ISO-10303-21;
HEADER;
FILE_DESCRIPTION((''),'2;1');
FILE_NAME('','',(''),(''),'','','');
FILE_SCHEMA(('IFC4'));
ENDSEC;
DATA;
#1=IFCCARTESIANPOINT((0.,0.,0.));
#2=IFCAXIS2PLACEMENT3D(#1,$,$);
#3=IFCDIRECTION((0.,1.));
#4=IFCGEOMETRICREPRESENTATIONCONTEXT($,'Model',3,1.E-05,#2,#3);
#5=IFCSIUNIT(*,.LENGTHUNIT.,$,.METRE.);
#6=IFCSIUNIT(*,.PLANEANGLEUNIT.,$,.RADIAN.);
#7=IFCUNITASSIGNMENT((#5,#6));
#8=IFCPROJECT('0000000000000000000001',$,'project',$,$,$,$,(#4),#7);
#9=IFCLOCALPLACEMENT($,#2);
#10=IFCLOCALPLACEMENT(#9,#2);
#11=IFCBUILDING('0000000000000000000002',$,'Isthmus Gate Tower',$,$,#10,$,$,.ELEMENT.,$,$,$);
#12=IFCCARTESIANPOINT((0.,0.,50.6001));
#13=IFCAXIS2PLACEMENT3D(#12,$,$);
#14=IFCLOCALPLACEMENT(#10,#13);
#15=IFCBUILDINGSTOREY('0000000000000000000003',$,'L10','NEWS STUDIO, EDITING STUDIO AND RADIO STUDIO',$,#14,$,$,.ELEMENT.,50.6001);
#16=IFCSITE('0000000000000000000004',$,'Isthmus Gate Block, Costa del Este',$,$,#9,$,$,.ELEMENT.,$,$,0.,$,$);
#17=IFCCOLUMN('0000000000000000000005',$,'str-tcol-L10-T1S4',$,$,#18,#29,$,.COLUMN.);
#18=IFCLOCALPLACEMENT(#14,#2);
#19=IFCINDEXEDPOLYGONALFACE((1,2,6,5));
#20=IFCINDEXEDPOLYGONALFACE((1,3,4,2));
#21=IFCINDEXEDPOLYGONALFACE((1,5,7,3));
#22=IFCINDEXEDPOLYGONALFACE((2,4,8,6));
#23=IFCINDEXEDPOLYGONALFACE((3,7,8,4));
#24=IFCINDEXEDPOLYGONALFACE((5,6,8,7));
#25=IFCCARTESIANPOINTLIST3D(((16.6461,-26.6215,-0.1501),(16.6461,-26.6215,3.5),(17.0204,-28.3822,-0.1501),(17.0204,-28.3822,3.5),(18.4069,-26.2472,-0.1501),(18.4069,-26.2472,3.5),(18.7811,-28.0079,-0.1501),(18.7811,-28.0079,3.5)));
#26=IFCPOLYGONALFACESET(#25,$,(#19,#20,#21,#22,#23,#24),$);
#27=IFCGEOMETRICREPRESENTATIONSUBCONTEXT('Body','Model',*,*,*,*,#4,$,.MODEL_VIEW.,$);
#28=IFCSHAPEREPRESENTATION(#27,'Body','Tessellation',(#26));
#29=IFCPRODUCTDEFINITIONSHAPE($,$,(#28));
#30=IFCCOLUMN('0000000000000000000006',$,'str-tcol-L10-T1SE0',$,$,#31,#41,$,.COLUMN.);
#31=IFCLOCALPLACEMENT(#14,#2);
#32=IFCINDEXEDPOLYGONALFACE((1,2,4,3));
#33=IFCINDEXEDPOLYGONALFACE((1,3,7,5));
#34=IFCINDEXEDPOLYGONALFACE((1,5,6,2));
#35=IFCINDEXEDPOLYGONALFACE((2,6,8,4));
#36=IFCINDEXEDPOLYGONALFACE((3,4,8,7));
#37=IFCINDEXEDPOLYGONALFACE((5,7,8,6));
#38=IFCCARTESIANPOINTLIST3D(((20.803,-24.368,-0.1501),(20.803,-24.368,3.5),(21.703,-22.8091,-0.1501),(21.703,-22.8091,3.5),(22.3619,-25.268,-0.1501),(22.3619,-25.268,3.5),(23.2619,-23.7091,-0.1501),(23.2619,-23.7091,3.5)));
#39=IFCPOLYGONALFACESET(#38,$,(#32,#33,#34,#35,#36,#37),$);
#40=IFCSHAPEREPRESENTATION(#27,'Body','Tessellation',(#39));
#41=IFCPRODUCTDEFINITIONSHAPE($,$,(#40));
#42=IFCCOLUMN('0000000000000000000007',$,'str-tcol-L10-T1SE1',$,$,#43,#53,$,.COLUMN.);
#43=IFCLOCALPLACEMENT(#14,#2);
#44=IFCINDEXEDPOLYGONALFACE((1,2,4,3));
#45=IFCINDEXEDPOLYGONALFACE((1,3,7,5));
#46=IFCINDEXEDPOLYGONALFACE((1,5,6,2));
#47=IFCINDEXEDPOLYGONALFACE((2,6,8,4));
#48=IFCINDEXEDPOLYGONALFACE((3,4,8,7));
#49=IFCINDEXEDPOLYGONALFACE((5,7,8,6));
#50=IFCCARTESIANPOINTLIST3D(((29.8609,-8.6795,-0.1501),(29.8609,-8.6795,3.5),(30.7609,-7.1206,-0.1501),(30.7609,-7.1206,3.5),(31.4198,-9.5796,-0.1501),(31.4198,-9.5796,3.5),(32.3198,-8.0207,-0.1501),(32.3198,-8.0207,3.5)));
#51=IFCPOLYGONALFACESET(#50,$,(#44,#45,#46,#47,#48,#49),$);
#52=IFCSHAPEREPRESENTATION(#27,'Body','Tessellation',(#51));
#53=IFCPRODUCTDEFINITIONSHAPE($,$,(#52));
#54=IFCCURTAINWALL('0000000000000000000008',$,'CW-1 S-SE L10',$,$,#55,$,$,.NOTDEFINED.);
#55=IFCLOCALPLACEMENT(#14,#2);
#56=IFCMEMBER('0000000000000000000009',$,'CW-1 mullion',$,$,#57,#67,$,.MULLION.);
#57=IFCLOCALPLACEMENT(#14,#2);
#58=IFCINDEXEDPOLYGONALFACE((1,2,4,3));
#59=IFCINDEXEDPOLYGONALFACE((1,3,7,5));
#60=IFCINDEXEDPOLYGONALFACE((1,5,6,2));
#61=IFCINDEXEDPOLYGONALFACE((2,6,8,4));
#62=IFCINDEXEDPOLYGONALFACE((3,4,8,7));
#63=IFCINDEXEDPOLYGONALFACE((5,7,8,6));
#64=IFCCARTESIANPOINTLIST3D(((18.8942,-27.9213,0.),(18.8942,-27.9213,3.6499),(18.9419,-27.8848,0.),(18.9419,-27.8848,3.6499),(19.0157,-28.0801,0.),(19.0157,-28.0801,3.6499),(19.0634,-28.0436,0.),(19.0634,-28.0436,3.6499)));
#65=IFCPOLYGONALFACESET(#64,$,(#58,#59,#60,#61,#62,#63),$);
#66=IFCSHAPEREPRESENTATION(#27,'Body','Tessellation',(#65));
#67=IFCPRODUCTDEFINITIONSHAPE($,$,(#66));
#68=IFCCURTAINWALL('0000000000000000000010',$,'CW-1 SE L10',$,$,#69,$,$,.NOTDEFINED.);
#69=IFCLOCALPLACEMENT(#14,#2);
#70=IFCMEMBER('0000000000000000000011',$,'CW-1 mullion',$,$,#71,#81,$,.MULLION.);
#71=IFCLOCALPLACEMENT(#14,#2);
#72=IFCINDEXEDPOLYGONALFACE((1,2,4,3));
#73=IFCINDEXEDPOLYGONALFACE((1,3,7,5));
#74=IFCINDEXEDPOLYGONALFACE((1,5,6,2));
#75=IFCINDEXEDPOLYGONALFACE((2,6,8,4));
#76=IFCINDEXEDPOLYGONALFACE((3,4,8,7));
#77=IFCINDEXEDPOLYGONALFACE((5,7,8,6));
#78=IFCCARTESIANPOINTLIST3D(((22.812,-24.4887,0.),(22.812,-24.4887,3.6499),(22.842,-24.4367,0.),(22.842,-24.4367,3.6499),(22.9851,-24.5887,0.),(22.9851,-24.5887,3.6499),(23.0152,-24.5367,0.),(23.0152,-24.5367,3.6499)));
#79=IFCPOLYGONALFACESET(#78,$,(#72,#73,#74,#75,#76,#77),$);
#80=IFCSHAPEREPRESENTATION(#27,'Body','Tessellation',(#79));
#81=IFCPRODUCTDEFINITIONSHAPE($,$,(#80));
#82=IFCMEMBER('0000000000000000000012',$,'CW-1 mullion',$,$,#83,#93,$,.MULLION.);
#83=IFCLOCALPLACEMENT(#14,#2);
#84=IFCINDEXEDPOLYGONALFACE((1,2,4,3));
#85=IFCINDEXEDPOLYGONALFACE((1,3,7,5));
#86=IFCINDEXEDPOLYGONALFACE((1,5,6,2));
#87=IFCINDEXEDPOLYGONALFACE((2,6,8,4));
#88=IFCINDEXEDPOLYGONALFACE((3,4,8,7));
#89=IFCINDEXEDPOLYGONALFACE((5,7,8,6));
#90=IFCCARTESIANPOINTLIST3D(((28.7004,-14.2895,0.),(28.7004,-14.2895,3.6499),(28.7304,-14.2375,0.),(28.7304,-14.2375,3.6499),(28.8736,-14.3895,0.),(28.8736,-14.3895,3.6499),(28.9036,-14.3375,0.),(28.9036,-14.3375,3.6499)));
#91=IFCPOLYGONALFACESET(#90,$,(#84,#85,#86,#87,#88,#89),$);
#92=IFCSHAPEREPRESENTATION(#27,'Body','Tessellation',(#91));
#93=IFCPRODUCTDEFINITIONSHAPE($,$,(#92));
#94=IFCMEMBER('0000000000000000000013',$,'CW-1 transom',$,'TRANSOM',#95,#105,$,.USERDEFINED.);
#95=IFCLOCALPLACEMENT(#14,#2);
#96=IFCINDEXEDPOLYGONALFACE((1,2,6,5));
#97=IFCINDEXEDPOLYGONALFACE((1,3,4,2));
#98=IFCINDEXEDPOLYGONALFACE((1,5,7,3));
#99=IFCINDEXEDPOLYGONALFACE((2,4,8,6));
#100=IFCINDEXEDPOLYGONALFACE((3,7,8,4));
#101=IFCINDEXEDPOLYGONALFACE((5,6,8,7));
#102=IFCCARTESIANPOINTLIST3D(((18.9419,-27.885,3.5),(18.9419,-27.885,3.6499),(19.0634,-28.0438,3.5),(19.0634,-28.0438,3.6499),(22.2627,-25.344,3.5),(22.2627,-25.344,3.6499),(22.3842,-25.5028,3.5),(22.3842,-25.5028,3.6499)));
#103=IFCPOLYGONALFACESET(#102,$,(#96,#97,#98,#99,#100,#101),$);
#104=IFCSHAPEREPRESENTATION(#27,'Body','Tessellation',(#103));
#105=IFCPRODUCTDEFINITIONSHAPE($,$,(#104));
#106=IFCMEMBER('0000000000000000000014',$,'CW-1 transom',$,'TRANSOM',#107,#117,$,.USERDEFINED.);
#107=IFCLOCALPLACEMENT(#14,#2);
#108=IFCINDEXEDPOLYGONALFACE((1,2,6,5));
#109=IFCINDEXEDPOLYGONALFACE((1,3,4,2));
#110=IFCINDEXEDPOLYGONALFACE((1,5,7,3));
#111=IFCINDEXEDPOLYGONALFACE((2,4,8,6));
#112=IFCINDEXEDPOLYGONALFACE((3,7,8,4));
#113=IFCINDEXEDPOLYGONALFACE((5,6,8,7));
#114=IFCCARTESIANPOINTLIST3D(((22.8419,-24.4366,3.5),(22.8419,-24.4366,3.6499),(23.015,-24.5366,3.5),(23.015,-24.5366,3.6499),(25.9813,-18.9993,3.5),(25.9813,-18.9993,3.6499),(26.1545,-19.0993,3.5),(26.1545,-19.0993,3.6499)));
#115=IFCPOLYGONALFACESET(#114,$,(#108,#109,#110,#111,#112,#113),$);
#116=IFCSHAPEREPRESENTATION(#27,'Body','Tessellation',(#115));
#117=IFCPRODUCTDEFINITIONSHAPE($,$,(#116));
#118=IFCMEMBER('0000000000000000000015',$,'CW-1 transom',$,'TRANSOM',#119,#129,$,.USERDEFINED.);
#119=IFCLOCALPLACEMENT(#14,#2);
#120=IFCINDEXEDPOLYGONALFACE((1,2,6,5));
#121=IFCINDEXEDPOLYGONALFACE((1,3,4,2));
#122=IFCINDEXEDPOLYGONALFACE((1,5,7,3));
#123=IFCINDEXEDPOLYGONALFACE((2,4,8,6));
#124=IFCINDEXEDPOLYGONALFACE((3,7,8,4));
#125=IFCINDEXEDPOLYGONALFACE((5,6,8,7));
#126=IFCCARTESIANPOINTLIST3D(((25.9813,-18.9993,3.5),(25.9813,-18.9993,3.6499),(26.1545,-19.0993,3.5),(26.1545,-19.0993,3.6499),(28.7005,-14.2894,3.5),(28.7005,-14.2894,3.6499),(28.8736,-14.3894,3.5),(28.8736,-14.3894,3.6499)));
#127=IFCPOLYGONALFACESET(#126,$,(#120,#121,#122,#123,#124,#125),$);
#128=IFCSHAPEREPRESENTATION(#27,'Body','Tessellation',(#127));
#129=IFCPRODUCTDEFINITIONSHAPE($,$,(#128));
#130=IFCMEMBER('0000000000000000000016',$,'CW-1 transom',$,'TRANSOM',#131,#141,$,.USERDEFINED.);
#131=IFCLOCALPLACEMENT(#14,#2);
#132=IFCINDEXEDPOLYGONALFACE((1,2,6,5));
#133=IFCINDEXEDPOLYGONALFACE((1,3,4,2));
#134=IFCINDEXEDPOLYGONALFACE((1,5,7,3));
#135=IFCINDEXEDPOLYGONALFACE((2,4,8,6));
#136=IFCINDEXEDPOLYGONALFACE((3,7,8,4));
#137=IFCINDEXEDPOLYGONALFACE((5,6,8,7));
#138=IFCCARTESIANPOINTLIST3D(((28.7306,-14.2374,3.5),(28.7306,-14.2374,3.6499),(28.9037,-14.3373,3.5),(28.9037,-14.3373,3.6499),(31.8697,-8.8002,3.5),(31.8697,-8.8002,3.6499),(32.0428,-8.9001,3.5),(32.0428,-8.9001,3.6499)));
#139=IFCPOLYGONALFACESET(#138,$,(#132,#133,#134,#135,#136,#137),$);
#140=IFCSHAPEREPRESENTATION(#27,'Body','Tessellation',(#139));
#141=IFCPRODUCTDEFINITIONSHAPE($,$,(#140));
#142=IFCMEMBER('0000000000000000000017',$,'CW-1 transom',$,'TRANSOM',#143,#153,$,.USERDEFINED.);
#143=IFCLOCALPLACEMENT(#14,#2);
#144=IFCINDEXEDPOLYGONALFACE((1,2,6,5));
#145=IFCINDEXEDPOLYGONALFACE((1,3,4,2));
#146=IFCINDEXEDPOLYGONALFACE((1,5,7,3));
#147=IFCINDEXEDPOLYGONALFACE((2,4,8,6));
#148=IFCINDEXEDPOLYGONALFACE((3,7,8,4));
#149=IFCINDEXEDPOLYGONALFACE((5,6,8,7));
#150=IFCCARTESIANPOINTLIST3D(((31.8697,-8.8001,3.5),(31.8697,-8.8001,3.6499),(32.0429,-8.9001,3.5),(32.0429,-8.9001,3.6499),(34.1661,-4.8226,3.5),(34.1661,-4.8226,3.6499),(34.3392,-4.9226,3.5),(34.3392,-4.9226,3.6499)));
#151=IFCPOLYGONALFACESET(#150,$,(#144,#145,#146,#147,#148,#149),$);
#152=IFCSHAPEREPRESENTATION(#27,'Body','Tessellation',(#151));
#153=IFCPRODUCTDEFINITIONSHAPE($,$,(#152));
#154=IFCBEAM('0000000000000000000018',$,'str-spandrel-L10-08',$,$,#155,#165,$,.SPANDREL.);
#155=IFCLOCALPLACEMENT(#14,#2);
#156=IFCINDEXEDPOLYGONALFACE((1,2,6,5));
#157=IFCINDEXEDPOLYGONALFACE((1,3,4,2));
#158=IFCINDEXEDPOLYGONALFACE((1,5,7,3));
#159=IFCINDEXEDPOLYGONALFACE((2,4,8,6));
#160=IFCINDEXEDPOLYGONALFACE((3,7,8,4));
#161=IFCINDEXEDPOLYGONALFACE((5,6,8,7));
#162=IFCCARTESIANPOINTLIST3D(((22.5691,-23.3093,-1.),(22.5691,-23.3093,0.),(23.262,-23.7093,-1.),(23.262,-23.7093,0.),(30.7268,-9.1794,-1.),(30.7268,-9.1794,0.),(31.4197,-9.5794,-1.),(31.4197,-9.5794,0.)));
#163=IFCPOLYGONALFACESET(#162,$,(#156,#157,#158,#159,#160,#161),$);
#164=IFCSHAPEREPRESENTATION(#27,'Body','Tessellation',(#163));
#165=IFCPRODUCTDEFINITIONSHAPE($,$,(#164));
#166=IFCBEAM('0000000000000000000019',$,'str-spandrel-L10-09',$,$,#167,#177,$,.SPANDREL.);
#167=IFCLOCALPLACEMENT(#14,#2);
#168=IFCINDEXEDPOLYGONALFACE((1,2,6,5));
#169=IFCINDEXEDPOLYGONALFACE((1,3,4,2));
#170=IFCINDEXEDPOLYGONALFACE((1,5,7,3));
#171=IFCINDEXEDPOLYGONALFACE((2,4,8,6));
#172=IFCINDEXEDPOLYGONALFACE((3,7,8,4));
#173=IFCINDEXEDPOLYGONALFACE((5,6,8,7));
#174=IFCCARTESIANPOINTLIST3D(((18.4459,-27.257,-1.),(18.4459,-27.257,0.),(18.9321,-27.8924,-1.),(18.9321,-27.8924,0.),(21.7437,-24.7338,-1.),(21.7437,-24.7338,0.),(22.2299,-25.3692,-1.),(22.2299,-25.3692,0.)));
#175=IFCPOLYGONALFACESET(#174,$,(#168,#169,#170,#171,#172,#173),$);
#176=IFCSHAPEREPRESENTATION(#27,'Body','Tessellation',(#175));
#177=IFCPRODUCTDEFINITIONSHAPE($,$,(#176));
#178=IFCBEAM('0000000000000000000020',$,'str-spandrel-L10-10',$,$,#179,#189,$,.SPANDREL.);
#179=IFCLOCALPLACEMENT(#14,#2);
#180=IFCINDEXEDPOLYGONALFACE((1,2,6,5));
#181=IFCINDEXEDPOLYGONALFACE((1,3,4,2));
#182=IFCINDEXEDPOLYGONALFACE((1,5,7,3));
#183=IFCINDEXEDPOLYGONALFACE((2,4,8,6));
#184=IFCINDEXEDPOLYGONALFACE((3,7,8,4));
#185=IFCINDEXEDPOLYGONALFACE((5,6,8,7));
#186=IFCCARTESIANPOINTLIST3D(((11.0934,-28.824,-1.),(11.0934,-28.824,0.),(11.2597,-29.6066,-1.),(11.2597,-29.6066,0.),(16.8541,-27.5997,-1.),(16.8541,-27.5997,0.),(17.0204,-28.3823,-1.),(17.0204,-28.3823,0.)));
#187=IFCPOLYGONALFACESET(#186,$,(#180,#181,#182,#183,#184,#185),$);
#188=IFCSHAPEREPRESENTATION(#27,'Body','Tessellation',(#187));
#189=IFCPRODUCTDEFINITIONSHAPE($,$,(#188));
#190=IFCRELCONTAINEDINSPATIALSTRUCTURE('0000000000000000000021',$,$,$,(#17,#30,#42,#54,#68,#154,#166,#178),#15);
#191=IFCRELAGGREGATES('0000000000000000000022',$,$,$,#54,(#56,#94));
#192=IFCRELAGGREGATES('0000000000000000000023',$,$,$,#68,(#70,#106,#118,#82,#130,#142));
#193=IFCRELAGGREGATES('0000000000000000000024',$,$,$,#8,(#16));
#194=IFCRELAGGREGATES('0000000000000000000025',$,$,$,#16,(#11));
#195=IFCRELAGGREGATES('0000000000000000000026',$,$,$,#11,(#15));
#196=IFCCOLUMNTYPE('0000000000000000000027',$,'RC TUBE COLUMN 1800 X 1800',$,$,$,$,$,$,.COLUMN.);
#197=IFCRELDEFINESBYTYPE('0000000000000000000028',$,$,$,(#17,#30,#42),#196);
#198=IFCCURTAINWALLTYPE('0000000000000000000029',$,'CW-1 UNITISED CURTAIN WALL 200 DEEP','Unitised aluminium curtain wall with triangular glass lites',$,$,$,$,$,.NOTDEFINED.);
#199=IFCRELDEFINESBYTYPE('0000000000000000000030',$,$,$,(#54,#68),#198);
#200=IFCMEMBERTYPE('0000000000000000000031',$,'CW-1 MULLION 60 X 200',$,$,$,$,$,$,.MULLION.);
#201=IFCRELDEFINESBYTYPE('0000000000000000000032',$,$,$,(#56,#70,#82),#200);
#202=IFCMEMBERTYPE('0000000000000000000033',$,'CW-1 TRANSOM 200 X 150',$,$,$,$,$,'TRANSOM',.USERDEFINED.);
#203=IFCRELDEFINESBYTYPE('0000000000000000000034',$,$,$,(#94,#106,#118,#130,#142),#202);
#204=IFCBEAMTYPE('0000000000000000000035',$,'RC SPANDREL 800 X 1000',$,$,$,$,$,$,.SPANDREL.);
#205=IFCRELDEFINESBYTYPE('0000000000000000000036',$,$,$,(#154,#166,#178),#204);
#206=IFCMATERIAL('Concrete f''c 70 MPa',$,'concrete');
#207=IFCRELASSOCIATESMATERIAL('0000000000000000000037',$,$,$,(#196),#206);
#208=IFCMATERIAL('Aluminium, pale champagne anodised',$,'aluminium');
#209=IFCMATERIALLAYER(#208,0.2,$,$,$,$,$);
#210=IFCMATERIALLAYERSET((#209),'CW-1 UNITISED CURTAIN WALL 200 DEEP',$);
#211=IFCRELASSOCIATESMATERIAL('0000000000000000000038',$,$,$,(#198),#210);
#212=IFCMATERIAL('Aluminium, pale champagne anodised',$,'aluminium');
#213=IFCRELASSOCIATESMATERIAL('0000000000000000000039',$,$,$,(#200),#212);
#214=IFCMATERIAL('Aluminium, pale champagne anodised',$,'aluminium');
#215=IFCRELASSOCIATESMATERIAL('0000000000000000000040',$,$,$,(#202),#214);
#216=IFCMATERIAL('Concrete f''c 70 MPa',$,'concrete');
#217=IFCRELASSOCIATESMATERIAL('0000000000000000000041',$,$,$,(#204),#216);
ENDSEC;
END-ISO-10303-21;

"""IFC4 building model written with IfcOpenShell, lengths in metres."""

from ifc_helpers import new_model, si_unit, direction, frame, origin, origin_2d, place, context, subcontext, project, spatial, rectangle, extrude, material, layer, layer_set, material_profile, profile_set, type_object, element, aggregate, save


model = new_model("IFC4")

# Units and contexts
model_context = context("Model", 3, precision=1e-05, world=origin(), true_north=direction((0.0, 1.0)))
body_context = subcontext(model_context, "Body", "Model", "MODEL_VIEW")
ifc_project = project(units=[si_unit("LENGTHUNIT", "METRE"), si_unit("PLANEANGLEUNIT", "RADIAN")], contexts=[model_context])

# Site, building, storey
site_placement = place(None, origin())
site = spatial("IfcSite", under=ifc_project, at=site_placement, Name="Isthmus Gate Block, Costa del Este", CompositionType="ELEMENT", RefElevation=0.0)
building_placement = place(site_placement, origin())
building = spatial("IfcBuilding", under=site, at=building_placement, Name="Isthmus Gate Tower", CompositionType="ELEMENT")
storey_placement = place(building_placement, frame((0.0, 0.0, 50.6001)))
storey = spatial("IfcBuildingStorey", under=building, at=storey_placement, Name="L10", Description="NEWS STUDIO, EDITING STUDIO AND RADIO STUDIO", CompositionType="ELEMENT", Elevation=50.6001)

# Columns
ifc_material_1 = material(Name="Concrete f'c 70 MPa", Category="concrete")
ifc_material_profile_1 = material_profile(ifc_material_1, rectangle(XDim=1.8, YDim=1.8, at=origin_2d()), Name="RC 1800X1800")
ifc_profile_set_1 = profile_set([ifc_material_profile_1], Name="Concrete f'c 70 MPa")
column_type = type_object("IfcColumnType", Name="RC TUBE COLUMN 1800 X 1800", PredefinedType="COLUMN", material=ifc_profile_set_1)
for number, where, z_axis, x_axis, name in (
    (1, (17.7136, -27.3147, -0.1501), (0.0, 0.0, 1.0), (0.978148, 0.207912, 0.0), "str-tcol-L10-T1S4"),
    (2, (22.0325, -24.0386, -0.1501), (0.0, 0.0, 1.0), (0.5, 0.866025, 0.0), "str-tcol-L10-T1SE0"),
    (3, (31.0903, -8.3501, -0.1501), (0.0, 0.0, 1.0), (0.5, 0.866025, 0.0), "str-tcol-L10-T1SE1"),
):
    element("IfcColumn", number, at=place(storey_placement, frame(where, z_axis=z_axis, x_axis=x_axis)), inside=storey, type_object=column_type, Name=name, PredefinedType="COLUMN", context=body_context, shape_type="SweptSolid", body=[
        extrude(rectangle(XDim=1.8, YDim=1.8, at=origin_2d()), origin(), (0.0, 0.0, 1.0), 3.6501),
    ])

# Curtain wall, member
ifc_material_2 = material(Name="Aluminium, pale champagne anodised", Category="aluminium")
ifc_layer_1 = layer(ifc_material_2, 0.2)
ifc_layer_set_1 = layer_set([ifc_layer_1], Name="CW-1 UNITISED CURTAIN WALL 200 DEEP")
curtain_wall_type = type_object("IfcCurtainWallType", Name="CW-1 UNITISED CURTAIN WALL 200 DEEP", Description="Unitised aluminium curtain wall with triangular glass lites", PredefinedType="NOTDEFINED", material=ifc_layer_set_1)
curtain_wall_1_placement = place(storey_placement, origin())
curtain_wall_1 = element("IfcCurtainWall", 4, at=curtain_wall_1_placement, inside=storey, type_object=curtain_wall_type, Name="CW-1 S-SE L10", PredefinedType="NOTDEFINED")
ifc_material_3 = material(Name="Aluminium, pale champagne anodised", Category="aluminium")
ifc_material_profile_2 = material_profile(ifc_material_3, rectangle(XDim=0.0601, YDim=0.2, at=origin_2d()), Name="60x200")
ifc_profile_set_2 = profile_set([ifc_material_profile_2], Name="Aluminium, pale champagne anodised")
member_type_1 = type_object("IfcMemberType", Name="CW-1 MULLION 60 X 200", PredefinedType="MULLION", material=ifc_profile_set_2)
member_1_placement = place(storey_placement, frame((18.9788, -27.9824, 0.0), z_axis=(0.0, 0.0, 1.0), x_axis=(0.794189, 0.607671, 0.0)))
member_1 = element("IfcMember", 5, at=member_1_placement, type_object=member_type_1, Name="CW-1 mullion", PredefinedType="MULLION", context=body_context, shape_type="SweptSolid", body=[
    extrude(rectangle(XDim=0.0601, YDim=0.2, at=origin_2d()), origin(), (0.0, 0.0, 1.0), 3.6499),
])

# Curtain wall, members
curtain_wall_2_placement = place(storey_placement, origin())
curtain_wall_2 = element("IfcCurtainWall", 6, at=curtain_wall_2_placement, inside=storey, type_object=curtain_wall_type, Name="CW-1 SE L10", PredefinedType="NOTDEFINED")
member_2_placement = place(storey_placement, frame((22.9136, -24.5127, 0.0), z_axis=(0.0, 0.0, 1.0), x_axis=(0.5, 0.866025, 0.0)))
member_2 = element("IfcMember", 7, at=member_2_placement, type_object=member_type_1, Name="CW-1 mullion", PredefinedType="MULLION", context=body_context, shape_type="SweptSolid", body=[
    extrude(rectangle(XDim=0.0601, YDim=0.2, at=origin_2d()), origin(), (0.0, 0.0, 1.0), 3.6499),
])
member_3_placement = place(storey_placement, frame((28.802, -14.3135, 0.0), z_axis=(0.0, 0.0, 1.0), x_axis=(0.5, 0.866025, 0.0)))
member_3 = element("IfcMember", 8, at=member_3_placement, type_object=member_type_1, Name="CW-1 mullion", PredefinedType="MULLION", context=body_context, shape_type="SweptSolid", body=[
    extrude(rectangle(XDim=0.0601, YDim=0.2, at=origin_2d()), origin(), (0.0, 0.0, 1.0), 3.6499),
])

# Members
ifc_material_4 = material(Name="Aluminium, pale champagne anodised", Category="aluminium")
ifc_material_profile_3 = material_profile(ifc_material_4, rectangle(XDim=0.2, YDim=0.1499, at=origin_2d()), Name="200x150")
ifc_profile_set_3 = profile_set([ifc_material_profile_3], Name="Aluminium, pale champagne anodised")
member_type_2 = type_object("IfcMemberType", Name="CW-1 TRANSOM 200 X 150", ElementType="TRANSOM", PredefinedType="USERDEFINED", material=ifc_profile_set_3)
member_4_placement = place(storey_placement, frame((19.0027, -27.9644, 3.575), z_axis=(0.794175, 0.607688, 0.0), x_axis=(-0.607688, 0.794175, 0.0)))
member_4 = element("IfcMember", 9, at=member_4_placement, type_object=member_type_2, Name="CW-1 transom", ObjectType="TRANSOM", PredefinedType="USERDEFINED", context=body_context, shape_type="SweptSolid", body=[
    extrude(rectangle(XDim=0.2, YDim=0.1499, at=origin_2d()), origin(), (0.0, 0.0, 1.0), 4.1814),
])
member_5_placement = place(storey_placement, frame((22.9285, -24.4866, 3.575), z_axis=(0.500024, 0.866011, 0.0), x_axis=(-0.866011, 0.500024, 0.0)))
member_5 = element("IfcMember", 10, at=member_5_placement, type_object=member_type_2, Name="CW-1 transom", ObjectType="TRANSOM", PredefinedType="USERDEFINED", context=body_context, shape_type="SweptSolid", body=[
    extrude(rectangle(XDim=0.2, YDim=0.1499, at=origin_2d()), origin(), (0.0, 0.0, 1.0), 6.2786),
])
member_6_placement = place(storey_placement, frame((26.0679, -19.0493, 3.575), z_axis=(0.499992, 0.86603, 0.0), x_axis=(-0.86603, 0.499992, 0.0)))
member_6 = element("IfcMember", 11, at=member_6_placement, type_object=member_type_2, Name="CW-1 transom", ObjectType="TRANSOM", PredefinedType="USERDEFINED", context=body_context, shape_type="SweptSolid", body=[
    extrude(rectangle(XDim=0.2, YDim=0.1499, at=origin_2d()), origin(), (0.0, 0.0, 1.0), 5.4385),
])
member_7_placement = place(storey_placement, frame((28.8171, -14.2874, 3.575), z_axis=(0.499995, 0.866028, 0.0), x_axis=(-0.866028, 0.499995, 0.0)))
member_7 = element("IfcMember", 12, at=member_7_placement, type_object=member_type_2, Name="CW-1 transom", ObjectType="TRANSOM", PredefinedType="USERDEFINED", context=body_context, shape_type="SweptSolid", body=[
    extrude(rectangle(XDim=0.2, YDim=0.1499, at=origin_2d()), origin(), (0.0, 0.0, 1.0), 6.2783),
])
member_8_placement = place(storey_placement, frame((31.9563, -8.8501, 3.575), z_axis=(0.499992, 0.86603, 0.0), x_axis=(-0.86603, 0.499992, 0.0)))
member_8 = element("IfcMember", 13, at=member_8_placement, type_object=member_type_2, Name="CW-1 transom", ObjectType="TRANSOM", PredefinedType="USERDEFINED", context=body_context, shape_type="SweptSolid", body=[
    extrude(rectangle(XDim=0.2, YDim=0.1499, at=origin_2d()), origin(), (0.0, 0.0, 1.0), 4.5928),
])

# Beams
ifc_material_5 = material(Name="Concrete f'c 70 MPa", Category="concrete")
ifc_material_profile_4 = material_profile(ifc_material_5, rectangle(XDim=0.8, YDim=1.0, at=origin_2d()), Name="RC 800X1000")
ifc_profile_set_4 = profile_set([ifc_material_profile_4], Name="Concrete f'c 70 MPa")
beam_type_1 = type_object("IfcBeamType", Name="RC SPANDREL 800 X 1000", PredefinedType="SPANDREL", material=ifc_profile_set_4)
beam_1_placement = place(storey_placement, frame((31.0732, -9.3794, -0.5), z_axis=(-0.499992, -0.86603, 0.0), x_axis=(0.86603, -0.499992, 0.0)))
element("IfcBeam", 14, at=beam_1_placement, inside=storey, type_object=beam_type_1, Name="str-spandrel-L10-08", PredefinedType="SPANDREL", context=body_context, shape_type="SweptSolid", body=[
    extrude(rectangle(XDim=0.8, YDim=1.0, at=origin_2d()), origin(), (0.0, 0.0, 1.0), 16.3157),
])
beam_2_placement = place(storey_placement, frame((21.9868, -25.0515, -0.5), z_axis=(-0.794206, -0.607649, 0.0), x_axis=(0.607649, -0.794206, 0.0)))
element("IfcBeam", 15, at=beam_2_placement, inside=storey, type_object=beam_type_1, Name="str-spandrel-L10-09", PredefinedType="SPANDREL", context=body_context, shape_type="SweptSolid", body=[
    extrude(rectangle(XDim=0.8, YDim=1.0, at=origin_2d()), origin(), (0.0, 0.0, 1.0), 4.1523),
])
beam_3_placement = place(storey_placement, frame((16.9373, -27.991, -0.5), z_axis=(-0.978152, -0.207892, 0.0), x_axis=(0.207892, -0.978152, 0.0)))
element("IfcBeam", 16, at=beam_3_placement, inside=storey, type_object=beam_type_1, Name="str-spandrel-L10-10", PredefinedType="SPANDREL", context=body_context, shape_type="SweptSolid", body=[
    extrude(rectangle(XDim=0.8, YDim=1.0, at=origin_2d()), origin(), (0.0, 0.0, 1.0), 5.8894),
])

aggregate(curtain_wall_1, [member_1, member_4])
aggregate(curtain_wall_2, [member_2, member_5, member_6, member_3, member_7, member_8])

save(model, "model.ifc")
